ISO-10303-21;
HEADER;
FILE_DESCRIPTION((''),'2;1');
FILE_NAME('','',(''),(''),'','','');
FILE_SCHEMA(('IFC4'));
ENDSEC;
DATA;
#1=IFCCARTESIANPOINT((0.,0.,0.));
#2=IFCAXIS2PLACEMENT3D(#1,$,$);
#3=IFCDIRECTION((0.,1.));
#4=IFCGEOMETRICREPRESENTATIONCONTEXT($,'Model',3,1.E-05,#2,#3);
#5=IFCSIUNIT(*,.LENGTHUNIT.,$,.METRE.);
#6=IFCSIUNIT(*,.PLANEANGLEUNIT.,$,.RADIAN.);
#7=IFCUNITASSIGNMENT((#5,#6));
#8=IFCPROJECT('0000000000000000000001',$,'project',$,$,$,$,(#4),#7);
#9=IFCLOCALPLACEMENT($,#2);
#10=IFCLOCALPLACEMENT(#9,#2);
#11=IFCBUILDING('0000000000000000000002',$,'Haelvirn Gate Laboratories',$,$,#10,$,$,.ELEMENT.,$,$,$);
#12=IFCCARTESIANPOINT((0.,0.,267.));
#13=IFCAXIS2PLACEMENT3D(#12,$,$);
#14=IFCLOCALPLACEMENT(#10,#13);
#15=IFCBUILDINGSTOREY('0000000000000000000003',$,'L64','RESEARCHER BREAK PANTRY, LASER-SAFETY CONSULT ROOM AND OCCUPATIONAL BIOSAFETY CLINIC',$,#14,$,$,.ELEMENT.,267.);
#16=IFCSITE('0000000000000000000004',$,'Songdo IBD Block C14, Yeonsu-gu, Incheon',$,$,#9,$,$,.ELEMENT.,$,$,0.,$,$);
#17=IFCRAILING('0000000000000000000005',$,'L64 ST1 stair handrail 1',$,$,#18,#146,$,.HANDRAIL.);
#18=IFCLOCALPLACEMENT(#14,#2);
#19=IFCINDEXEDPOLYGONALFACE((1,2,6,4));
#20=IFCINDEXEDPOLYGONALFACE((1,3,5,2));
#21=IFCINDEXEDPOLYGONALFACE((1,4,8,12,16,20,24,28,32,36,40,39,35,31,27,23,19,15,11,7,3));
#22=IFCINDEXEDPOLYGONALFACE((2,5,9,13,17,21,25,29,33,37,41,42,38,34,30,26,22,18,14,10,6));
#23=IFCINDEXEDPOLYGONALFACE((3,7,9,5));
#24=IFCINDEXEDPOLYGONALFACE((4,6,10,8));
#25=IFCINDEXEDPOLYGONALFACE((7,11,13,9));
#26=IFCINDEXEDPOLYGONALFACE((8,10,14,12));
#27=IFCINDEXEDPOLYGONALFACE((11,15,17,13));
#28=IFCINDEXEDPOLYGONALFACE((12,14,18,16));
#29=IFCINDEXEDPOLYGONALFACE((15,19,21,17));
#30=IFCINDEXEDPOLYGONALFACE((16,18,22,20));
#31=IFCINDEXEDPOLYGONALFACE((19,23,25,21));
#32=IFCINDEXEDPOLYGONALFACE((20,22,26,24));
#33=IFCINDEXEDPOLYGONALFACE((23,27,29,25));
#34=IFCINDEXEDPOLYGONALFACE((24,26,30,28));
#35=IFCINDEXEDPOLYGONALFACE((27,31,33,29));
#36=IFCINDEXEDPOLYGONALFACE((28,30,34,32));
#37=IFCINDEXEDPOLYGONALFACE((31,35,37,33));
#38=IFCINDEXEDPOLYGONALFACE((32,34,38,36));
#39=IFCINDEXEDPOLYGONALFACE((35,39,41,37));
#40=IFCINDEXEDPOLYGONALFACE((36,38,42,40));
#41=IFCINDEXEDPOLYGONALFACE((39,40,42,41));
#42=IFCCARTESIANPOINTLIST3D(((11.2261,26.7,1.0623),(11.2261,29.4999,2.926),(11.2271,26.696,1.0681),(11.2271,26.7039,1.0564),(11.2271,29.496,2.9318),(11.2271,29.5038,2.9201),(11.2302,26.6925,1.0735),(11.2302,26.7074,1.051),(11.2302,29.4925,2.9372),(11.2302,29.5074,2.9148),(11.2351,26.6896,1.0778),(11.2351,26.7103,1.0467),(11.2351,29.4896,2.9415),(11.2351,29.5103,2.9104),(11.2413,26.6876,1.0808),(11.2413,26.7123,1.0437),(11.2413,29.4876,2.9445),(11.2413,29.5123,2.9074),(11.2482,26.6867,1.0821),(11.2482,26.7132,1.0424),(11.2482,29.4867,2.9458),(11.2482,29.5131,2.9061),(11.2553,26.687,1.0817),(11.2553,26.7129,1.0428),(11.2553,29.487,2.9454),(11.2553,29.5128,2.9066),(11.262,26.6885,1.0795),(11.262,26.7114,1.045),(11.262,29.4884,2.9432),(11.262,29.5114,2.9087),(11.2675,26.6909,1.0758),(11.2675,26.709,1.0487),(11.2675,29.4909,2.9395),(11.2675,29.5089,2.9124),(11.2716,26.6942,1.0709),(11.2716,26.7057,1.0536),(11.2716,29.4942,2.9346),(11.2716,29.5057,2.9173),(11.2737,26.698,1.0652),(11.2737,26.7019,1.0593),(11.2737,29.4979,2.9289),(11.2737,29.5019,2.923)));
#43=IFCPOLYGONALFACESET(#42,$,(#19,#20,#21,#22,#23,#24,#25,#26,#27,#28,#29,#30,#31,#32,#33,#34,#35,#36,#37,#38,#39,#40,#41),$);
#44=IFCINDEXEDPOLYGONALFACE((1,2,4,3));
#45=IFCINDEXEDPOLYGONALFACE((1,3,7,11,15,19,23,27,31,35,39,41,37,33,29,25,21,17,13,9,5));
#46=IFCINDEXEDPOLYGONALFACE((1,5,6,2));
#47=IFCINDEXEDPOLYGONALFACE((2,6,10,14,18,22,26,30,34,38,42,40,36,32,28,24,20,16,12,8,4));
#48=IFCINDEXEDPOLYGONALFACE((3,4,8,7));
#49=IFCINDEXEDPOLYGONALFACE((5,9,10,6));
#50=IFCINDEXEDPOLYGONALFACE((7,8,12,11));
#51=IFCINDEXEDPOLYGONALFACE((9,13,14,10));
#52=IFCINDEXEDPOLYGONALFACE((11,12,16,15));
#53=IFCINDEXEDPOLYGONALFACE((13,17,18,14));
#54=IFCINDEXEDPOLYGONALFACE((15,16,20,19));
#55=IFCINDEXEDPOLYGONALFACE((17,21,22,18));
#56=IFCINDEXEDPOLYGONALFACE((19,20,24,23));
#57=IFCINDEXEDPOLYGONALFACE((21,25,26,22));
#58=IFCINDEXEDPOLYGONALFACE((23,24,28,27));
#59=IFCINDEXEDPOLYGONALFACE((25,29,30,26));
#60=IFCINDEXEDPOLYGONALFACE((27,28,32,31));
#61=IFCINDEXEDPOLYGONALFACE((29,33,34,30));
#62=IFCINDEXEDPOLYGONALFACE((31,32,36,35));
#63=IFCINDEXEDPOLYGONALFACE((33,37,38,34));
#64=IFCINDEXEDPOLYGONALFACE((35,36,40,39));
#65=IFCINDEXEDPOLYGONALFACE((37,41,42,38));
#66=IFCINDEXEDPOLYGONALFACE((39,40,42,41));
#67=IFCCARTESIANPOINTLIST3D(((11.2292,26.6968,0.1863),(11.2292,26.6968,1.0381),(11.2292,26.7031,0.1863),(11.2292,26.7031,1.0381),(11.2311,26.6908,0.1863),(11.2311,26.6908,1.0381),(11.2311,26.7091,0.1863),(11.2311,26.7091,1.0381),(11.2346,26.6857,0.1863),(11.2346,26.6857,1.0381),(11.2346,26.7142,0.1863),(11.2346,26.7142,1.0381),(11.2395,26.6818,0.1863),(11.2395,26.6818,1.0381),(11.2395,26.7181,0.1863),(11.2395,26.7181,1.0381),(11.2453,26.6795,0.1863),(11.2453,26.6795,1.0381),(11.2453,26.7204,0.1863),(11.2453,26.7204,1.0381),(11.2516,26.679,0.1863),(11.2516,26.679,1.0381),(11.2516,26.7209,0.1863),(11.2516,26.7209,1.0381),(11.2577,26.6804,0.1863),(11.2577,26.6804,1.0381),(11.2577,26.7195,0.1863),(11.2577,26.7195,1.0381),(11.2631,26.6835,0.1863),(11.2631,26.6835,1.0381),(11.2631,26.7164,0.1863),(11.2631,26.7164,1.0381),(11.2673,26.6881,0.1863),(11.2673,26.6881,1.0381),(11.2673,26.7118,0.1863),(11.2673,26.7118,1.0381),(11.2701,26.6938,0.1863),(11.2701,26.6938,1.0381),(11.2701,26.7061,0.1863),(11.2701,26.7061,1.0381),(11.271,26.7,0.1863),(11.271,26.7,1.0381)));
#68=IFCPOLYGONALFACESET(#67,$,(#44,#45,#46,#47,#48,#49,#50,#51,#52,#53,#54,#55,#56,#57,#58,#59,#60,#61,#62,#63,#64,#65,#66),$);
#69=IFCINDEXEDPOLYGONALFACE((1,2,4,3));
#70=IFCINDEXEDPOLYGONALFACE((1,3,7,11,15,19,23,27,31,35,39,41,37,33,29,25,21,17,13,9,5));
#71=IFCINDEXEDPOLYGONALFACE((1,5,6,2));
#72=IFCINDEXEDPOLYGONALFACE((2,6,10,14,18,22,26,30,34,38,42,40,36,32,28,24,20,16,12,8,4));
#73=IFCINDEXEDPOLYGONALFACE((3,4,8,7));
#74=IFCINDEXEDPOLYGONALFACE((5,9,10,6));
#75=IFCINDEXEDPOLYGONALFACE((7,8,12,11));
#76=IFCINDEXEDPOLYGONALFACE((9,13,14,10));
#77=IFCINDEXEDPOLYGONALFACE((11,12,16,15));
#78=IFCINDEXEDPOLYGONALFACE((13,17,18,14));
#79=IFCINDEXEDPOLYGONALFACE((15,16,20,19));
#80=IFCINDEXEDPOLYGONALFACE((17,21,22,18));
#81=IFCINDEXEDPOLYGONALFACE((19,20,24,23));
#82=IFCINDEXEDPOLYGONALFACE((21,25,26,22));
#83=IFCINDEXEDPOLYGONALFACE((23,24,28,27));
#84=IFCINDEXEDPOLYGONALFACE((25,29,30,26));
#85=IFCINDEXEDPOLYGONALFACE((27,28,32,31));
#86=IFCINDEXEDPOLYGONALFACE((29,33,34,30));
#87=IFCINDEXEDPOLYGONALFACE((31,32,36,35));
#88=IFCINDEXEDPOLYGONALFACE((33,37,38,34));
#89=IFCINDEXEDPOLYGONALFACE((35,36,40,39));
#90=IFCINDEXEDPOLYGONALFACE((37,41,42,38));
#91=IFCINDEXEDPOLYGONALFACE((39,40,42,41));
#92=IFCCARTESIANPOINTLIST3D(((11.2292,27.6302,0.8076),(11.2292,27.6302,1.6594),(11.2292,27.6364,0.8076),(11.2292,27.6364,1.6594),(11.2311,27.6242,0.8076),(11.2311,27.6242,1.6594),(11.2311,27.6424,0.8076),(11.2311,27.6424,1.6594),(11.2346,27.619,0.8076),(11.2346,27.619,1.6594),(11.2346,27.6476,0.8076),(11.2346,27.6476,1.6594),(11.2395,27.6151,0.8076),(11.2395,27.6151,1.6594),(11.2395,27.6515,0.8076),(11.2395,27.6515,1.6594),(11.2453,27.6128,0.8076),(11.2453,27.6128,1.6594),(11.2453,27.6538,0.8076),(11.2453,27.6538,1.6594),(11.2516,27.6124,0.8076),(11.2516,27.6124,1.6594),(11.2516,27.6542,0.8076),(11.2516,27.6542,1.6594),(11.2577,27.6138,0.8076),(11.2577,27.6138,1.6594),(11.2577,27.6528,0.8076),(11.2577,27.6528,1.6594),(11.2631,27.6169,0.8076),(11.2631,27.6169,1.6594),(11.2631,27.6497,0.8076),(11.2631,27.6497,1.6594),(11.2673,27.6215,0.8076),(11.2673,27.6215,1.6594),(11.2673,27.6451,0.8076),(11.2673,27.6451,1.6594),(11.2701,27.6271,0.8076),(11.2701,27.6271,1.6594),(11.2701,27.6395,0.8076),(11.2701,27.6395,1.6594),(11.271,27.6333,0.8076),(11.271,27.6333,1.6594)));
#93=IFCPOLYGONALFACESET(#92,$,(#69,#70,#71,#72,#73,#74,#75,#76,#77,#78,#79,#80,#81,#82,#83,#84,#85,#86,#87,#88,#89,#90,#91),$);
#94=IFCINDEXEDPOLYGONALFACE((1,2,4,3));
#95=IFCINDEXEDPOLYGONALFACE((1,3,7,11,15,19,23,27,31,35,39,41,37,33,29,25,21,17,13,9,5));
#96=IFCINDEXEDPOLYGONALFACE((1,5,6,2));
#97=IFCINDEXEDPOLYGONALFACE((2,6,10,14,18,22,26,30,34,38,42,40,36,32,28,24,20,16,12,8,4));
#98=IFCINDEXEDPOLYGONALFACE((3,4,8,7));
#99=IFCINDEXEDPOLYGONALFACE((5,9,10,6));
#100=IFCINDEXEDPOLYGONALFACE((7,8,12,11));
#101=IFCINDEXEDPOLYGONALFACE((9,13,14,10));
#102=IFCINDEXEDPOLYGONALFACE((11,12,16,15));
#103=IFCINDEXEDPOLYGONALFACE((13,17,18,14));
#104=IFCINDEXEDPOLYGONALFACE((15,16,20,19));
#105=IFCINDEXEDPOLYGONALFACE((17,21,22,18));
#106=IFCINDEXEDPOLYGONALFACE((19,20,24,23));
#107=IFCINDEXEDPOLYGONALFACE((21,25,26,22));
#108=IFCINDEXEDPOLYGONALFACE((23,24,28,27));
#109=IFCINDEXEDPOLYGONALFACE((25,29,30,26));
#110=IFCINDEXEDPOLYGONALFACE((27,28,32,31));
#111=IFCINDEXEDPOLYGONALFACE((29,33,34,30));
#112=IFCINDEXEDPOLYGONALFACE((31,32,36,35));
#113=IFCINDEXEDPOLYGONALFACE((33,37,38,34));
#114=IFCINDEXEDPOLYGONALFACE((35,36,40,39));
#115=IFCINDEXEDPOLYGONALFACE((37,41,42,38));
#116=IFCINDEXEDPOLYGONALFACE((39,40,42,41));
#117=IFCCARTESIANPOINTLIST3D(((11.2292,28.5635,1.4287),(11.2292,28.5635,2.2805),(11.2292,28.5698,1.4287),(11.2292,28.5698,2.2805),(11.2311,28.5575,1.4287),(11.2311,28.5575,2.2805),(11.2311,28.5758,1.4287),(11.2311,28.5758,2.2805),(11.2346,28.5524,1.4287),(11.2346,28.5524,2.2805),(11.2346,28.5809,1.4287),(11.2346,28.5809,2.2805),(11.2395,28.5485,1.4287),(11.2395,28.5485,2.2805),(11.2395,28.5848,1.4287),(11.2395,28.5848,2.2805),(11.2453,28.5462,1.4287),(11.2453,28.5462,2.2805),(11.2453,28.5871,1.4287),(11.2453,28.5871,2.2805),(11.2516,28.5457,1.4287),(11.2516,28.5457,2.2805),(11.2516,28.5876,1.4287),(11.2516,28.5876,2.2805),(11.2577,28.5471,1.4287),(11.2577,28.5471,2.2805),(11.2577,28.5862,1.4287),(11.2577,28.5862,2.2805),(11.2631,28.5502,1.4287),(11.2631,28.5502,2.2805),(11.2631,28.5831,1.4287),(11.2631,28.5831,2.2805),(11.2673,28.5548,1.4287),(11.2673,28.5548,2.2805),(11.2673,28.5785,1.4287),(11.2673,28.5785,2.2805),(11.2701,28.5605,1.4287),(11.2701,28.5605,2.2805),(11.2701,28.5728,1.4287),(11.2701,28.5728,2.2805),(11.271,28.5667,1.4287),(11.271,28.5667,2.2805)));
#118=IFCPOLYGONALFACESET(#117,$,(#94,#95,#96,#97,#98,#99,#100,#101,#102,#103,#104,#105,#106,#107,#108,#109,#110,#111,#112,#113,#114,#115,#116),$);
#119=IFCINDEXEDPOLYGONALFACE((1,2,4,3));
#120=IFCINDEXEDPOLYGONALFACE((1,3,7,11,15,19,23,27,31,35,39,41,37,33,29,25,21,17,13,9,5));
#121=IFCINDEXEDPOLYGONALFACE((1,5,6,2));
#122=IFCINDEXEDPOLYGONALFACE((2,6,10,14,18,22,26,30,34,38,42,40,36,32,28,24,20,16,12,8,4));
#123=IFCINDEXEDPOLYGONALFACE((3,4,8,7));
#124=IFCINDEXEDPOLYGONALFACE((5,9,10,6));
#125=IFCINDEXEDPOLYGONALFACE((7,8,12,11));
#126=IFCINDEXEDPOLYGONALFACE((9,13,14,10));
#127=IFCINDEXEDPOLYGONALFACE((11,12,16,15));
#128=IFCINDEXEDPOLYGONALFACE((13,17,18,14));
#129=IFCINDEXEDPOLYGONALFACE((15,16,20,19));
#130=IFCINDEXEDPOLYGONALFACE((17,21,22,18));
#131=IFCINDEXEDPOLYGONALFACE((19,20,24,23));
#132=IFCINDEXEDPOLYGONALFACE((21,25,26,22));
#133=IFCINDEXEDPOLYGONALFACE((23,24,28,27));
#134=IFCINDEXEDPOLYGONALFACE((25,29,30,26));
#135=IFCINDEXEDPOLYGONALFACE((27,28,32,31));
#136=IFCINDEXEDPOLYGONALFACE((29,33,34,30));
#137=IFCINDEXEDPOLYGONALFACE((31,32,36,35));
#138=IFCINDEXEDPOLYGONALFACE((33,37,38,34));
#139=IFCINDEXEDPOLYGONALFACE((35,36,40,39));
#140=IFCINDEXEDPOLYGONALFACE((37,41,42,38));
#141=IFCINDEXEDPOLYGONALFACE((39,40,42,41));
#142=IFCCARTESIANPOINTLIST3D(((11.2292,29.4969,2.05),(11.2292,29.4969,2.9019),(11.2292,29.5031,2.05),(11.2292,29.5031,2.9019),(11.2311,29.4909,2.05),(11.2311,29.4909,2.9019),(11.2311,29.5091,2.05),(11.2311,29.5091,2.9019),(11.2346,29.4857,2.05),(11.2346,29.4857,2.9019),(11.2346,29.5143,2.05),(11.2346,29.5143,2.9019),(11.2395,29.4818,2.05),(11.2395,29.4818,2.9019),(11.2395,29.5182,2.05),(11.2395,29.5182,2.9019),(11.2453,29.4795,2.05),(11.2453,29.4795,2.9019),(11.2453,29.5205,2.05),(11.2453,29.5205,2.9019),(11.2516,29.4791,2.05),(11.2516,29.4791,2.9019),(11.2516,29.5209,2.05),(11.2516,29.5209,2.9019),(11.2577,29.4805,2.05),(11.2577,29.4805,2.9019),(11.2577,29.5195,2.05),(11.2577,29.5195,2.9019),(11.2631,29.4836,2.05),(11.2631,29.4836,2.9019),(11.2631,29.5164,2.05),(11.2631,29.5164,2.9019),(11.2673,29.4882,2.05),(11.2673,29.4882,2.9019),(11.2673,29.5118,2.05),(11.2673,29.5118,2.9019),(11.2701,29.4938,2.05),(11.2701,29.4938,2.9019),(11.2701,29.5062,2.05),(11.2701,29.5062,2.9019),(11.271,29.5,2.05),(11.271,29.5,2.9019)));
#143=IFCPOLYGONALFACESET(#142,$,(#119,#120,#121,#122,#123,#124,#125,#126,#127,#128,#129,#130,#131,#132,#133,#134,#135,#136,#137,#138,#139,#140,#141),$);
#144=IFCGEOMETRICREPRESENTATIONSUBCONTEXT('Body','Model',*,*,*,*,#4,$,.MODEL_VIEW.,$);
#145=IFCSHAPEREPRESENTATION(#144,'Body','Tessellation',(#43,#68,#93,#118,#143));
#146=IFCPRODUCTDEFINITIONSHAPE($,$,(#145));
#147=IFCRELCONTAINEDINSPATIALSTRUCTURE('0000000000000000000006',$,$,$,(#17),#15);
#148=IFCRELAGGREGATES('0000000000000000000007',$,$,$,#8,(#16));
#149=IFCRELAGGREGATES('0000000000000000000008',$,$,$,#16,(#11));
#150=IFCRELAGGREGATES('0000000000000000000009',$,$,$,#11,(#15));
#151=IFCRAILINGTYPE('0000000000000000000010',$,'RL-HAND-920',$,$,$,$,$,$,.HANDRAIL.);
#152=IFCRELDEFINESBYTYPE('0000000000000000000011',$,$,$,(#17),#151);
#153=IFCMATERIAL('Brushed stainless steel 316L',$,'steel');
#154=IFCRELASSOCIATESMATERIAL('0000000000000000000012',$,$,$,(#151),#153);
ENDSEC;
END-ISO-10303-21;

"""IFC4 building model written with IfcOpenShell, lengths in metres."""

from ifc_helpers import new_model, si_unit, direction, frame, origin, origin_2d, place, context, subcontext, project, spatial, circle, extrude, source, transform, mapped, material, type_object, element, save


model = new_model("IFC4")

# Units and contexts
model_context = context("Model", 3, precision=1e-05, world=origin(), true_north=direction((0.0, 1.0)))
body_context = subcontext(model_context, "Body", "Model", "MODEL_VIEW")
ifc_project = project(units=[si_unit("LENGTHUNIT", "METRE"), si_unit("PLANEANGLEUNIT", "RADIAN")], contexts=[model_context])

# Site, building, storey
site_placement = place(None, origin())
site = spatial("IfcSite", under=ifc_project, at=site_placement, Name="Songdo IBD Block C14, Yeonsu-gu, Incheon", CompositionType="ELEMENT", RefElevation=0.0)
building_placement = place(site_placement, origin())
building = spatial("IfcBuilding", under=site, at=building_placement, Name="Haelvirn Gate Laboratories", CompositionType="ELEMENT")
storey_placement = place(building_placement, frame((0.0, 0.0, 267.0)))
storey = spatial("IfcBuildingStorey", under=building, at=storey_placement, Name="L64", Description="RESEARCHER BREAK PANTRY, LASER-SAFETY CONSULT ROOM AND OCCUPATIONAL BIOSAFETY CLINIC", CompositionType="ELEMENT", Elevation=267.0)

# Railing
ifc_material_1 = material(Name="Brushed stainless steel 316L", Category="steel")
railing_type_1 = type_object("IfcRailingType", Name="RL-HAND-920", PredefinedType="HANDRAIL", material=ifc_material_1)
shared_shape_1 = source(origin(), body_context, "Body", "SweptSolid", [
    extrude(circle(Radius=0.0239, at=origin_2d()), frame((0.0, 0.0, 0.876), z_axis=(0.0, 0.832452, 0.554097), x_axis=(-1.0, 0.0, 0.0)), (0.0, 0.0, 1.0), 3.3635),
    extrude(circle(Radius=0.021, at=origin_2d()), origin(), (0.0, 0.0, 1.0), 0.8518),
    extrude(circle(Radius=0.021, at=origin_2d()), frame((0.0, 0.9333, 0.6213)), (0.0, 0.0, 1.0), 0.8518),
    extrude(circle(Radius=0.021, at=origin_2d()), frame((0.0, 1.8667, 1.2424)), (0.0, 0.0, 1.0), 0.8518),
    extrude(circle(Radius=0.021, at=origin_2d()), frame((0.0, 2.8, 1.8638)), (0.0, 0.0, 1.0), 0.8518),
])
railing_1_placement = place(storey_placement, frame((11.25, 26.7, 0.1863)))
element("IfcRailing", 1, at=railing_1_placement, inside=storey, type_object=railing_type_1, Name="L64 ST1 stair handrail 1", PredefinedType="HANDRAIL", context=body_context, shape_type="MappedRepresentation", body=[
    mapped(shared_shape_1, transform((0.0, 0.0, 0.0), scale=1.0)),
])

save(model, "model.ifc")
